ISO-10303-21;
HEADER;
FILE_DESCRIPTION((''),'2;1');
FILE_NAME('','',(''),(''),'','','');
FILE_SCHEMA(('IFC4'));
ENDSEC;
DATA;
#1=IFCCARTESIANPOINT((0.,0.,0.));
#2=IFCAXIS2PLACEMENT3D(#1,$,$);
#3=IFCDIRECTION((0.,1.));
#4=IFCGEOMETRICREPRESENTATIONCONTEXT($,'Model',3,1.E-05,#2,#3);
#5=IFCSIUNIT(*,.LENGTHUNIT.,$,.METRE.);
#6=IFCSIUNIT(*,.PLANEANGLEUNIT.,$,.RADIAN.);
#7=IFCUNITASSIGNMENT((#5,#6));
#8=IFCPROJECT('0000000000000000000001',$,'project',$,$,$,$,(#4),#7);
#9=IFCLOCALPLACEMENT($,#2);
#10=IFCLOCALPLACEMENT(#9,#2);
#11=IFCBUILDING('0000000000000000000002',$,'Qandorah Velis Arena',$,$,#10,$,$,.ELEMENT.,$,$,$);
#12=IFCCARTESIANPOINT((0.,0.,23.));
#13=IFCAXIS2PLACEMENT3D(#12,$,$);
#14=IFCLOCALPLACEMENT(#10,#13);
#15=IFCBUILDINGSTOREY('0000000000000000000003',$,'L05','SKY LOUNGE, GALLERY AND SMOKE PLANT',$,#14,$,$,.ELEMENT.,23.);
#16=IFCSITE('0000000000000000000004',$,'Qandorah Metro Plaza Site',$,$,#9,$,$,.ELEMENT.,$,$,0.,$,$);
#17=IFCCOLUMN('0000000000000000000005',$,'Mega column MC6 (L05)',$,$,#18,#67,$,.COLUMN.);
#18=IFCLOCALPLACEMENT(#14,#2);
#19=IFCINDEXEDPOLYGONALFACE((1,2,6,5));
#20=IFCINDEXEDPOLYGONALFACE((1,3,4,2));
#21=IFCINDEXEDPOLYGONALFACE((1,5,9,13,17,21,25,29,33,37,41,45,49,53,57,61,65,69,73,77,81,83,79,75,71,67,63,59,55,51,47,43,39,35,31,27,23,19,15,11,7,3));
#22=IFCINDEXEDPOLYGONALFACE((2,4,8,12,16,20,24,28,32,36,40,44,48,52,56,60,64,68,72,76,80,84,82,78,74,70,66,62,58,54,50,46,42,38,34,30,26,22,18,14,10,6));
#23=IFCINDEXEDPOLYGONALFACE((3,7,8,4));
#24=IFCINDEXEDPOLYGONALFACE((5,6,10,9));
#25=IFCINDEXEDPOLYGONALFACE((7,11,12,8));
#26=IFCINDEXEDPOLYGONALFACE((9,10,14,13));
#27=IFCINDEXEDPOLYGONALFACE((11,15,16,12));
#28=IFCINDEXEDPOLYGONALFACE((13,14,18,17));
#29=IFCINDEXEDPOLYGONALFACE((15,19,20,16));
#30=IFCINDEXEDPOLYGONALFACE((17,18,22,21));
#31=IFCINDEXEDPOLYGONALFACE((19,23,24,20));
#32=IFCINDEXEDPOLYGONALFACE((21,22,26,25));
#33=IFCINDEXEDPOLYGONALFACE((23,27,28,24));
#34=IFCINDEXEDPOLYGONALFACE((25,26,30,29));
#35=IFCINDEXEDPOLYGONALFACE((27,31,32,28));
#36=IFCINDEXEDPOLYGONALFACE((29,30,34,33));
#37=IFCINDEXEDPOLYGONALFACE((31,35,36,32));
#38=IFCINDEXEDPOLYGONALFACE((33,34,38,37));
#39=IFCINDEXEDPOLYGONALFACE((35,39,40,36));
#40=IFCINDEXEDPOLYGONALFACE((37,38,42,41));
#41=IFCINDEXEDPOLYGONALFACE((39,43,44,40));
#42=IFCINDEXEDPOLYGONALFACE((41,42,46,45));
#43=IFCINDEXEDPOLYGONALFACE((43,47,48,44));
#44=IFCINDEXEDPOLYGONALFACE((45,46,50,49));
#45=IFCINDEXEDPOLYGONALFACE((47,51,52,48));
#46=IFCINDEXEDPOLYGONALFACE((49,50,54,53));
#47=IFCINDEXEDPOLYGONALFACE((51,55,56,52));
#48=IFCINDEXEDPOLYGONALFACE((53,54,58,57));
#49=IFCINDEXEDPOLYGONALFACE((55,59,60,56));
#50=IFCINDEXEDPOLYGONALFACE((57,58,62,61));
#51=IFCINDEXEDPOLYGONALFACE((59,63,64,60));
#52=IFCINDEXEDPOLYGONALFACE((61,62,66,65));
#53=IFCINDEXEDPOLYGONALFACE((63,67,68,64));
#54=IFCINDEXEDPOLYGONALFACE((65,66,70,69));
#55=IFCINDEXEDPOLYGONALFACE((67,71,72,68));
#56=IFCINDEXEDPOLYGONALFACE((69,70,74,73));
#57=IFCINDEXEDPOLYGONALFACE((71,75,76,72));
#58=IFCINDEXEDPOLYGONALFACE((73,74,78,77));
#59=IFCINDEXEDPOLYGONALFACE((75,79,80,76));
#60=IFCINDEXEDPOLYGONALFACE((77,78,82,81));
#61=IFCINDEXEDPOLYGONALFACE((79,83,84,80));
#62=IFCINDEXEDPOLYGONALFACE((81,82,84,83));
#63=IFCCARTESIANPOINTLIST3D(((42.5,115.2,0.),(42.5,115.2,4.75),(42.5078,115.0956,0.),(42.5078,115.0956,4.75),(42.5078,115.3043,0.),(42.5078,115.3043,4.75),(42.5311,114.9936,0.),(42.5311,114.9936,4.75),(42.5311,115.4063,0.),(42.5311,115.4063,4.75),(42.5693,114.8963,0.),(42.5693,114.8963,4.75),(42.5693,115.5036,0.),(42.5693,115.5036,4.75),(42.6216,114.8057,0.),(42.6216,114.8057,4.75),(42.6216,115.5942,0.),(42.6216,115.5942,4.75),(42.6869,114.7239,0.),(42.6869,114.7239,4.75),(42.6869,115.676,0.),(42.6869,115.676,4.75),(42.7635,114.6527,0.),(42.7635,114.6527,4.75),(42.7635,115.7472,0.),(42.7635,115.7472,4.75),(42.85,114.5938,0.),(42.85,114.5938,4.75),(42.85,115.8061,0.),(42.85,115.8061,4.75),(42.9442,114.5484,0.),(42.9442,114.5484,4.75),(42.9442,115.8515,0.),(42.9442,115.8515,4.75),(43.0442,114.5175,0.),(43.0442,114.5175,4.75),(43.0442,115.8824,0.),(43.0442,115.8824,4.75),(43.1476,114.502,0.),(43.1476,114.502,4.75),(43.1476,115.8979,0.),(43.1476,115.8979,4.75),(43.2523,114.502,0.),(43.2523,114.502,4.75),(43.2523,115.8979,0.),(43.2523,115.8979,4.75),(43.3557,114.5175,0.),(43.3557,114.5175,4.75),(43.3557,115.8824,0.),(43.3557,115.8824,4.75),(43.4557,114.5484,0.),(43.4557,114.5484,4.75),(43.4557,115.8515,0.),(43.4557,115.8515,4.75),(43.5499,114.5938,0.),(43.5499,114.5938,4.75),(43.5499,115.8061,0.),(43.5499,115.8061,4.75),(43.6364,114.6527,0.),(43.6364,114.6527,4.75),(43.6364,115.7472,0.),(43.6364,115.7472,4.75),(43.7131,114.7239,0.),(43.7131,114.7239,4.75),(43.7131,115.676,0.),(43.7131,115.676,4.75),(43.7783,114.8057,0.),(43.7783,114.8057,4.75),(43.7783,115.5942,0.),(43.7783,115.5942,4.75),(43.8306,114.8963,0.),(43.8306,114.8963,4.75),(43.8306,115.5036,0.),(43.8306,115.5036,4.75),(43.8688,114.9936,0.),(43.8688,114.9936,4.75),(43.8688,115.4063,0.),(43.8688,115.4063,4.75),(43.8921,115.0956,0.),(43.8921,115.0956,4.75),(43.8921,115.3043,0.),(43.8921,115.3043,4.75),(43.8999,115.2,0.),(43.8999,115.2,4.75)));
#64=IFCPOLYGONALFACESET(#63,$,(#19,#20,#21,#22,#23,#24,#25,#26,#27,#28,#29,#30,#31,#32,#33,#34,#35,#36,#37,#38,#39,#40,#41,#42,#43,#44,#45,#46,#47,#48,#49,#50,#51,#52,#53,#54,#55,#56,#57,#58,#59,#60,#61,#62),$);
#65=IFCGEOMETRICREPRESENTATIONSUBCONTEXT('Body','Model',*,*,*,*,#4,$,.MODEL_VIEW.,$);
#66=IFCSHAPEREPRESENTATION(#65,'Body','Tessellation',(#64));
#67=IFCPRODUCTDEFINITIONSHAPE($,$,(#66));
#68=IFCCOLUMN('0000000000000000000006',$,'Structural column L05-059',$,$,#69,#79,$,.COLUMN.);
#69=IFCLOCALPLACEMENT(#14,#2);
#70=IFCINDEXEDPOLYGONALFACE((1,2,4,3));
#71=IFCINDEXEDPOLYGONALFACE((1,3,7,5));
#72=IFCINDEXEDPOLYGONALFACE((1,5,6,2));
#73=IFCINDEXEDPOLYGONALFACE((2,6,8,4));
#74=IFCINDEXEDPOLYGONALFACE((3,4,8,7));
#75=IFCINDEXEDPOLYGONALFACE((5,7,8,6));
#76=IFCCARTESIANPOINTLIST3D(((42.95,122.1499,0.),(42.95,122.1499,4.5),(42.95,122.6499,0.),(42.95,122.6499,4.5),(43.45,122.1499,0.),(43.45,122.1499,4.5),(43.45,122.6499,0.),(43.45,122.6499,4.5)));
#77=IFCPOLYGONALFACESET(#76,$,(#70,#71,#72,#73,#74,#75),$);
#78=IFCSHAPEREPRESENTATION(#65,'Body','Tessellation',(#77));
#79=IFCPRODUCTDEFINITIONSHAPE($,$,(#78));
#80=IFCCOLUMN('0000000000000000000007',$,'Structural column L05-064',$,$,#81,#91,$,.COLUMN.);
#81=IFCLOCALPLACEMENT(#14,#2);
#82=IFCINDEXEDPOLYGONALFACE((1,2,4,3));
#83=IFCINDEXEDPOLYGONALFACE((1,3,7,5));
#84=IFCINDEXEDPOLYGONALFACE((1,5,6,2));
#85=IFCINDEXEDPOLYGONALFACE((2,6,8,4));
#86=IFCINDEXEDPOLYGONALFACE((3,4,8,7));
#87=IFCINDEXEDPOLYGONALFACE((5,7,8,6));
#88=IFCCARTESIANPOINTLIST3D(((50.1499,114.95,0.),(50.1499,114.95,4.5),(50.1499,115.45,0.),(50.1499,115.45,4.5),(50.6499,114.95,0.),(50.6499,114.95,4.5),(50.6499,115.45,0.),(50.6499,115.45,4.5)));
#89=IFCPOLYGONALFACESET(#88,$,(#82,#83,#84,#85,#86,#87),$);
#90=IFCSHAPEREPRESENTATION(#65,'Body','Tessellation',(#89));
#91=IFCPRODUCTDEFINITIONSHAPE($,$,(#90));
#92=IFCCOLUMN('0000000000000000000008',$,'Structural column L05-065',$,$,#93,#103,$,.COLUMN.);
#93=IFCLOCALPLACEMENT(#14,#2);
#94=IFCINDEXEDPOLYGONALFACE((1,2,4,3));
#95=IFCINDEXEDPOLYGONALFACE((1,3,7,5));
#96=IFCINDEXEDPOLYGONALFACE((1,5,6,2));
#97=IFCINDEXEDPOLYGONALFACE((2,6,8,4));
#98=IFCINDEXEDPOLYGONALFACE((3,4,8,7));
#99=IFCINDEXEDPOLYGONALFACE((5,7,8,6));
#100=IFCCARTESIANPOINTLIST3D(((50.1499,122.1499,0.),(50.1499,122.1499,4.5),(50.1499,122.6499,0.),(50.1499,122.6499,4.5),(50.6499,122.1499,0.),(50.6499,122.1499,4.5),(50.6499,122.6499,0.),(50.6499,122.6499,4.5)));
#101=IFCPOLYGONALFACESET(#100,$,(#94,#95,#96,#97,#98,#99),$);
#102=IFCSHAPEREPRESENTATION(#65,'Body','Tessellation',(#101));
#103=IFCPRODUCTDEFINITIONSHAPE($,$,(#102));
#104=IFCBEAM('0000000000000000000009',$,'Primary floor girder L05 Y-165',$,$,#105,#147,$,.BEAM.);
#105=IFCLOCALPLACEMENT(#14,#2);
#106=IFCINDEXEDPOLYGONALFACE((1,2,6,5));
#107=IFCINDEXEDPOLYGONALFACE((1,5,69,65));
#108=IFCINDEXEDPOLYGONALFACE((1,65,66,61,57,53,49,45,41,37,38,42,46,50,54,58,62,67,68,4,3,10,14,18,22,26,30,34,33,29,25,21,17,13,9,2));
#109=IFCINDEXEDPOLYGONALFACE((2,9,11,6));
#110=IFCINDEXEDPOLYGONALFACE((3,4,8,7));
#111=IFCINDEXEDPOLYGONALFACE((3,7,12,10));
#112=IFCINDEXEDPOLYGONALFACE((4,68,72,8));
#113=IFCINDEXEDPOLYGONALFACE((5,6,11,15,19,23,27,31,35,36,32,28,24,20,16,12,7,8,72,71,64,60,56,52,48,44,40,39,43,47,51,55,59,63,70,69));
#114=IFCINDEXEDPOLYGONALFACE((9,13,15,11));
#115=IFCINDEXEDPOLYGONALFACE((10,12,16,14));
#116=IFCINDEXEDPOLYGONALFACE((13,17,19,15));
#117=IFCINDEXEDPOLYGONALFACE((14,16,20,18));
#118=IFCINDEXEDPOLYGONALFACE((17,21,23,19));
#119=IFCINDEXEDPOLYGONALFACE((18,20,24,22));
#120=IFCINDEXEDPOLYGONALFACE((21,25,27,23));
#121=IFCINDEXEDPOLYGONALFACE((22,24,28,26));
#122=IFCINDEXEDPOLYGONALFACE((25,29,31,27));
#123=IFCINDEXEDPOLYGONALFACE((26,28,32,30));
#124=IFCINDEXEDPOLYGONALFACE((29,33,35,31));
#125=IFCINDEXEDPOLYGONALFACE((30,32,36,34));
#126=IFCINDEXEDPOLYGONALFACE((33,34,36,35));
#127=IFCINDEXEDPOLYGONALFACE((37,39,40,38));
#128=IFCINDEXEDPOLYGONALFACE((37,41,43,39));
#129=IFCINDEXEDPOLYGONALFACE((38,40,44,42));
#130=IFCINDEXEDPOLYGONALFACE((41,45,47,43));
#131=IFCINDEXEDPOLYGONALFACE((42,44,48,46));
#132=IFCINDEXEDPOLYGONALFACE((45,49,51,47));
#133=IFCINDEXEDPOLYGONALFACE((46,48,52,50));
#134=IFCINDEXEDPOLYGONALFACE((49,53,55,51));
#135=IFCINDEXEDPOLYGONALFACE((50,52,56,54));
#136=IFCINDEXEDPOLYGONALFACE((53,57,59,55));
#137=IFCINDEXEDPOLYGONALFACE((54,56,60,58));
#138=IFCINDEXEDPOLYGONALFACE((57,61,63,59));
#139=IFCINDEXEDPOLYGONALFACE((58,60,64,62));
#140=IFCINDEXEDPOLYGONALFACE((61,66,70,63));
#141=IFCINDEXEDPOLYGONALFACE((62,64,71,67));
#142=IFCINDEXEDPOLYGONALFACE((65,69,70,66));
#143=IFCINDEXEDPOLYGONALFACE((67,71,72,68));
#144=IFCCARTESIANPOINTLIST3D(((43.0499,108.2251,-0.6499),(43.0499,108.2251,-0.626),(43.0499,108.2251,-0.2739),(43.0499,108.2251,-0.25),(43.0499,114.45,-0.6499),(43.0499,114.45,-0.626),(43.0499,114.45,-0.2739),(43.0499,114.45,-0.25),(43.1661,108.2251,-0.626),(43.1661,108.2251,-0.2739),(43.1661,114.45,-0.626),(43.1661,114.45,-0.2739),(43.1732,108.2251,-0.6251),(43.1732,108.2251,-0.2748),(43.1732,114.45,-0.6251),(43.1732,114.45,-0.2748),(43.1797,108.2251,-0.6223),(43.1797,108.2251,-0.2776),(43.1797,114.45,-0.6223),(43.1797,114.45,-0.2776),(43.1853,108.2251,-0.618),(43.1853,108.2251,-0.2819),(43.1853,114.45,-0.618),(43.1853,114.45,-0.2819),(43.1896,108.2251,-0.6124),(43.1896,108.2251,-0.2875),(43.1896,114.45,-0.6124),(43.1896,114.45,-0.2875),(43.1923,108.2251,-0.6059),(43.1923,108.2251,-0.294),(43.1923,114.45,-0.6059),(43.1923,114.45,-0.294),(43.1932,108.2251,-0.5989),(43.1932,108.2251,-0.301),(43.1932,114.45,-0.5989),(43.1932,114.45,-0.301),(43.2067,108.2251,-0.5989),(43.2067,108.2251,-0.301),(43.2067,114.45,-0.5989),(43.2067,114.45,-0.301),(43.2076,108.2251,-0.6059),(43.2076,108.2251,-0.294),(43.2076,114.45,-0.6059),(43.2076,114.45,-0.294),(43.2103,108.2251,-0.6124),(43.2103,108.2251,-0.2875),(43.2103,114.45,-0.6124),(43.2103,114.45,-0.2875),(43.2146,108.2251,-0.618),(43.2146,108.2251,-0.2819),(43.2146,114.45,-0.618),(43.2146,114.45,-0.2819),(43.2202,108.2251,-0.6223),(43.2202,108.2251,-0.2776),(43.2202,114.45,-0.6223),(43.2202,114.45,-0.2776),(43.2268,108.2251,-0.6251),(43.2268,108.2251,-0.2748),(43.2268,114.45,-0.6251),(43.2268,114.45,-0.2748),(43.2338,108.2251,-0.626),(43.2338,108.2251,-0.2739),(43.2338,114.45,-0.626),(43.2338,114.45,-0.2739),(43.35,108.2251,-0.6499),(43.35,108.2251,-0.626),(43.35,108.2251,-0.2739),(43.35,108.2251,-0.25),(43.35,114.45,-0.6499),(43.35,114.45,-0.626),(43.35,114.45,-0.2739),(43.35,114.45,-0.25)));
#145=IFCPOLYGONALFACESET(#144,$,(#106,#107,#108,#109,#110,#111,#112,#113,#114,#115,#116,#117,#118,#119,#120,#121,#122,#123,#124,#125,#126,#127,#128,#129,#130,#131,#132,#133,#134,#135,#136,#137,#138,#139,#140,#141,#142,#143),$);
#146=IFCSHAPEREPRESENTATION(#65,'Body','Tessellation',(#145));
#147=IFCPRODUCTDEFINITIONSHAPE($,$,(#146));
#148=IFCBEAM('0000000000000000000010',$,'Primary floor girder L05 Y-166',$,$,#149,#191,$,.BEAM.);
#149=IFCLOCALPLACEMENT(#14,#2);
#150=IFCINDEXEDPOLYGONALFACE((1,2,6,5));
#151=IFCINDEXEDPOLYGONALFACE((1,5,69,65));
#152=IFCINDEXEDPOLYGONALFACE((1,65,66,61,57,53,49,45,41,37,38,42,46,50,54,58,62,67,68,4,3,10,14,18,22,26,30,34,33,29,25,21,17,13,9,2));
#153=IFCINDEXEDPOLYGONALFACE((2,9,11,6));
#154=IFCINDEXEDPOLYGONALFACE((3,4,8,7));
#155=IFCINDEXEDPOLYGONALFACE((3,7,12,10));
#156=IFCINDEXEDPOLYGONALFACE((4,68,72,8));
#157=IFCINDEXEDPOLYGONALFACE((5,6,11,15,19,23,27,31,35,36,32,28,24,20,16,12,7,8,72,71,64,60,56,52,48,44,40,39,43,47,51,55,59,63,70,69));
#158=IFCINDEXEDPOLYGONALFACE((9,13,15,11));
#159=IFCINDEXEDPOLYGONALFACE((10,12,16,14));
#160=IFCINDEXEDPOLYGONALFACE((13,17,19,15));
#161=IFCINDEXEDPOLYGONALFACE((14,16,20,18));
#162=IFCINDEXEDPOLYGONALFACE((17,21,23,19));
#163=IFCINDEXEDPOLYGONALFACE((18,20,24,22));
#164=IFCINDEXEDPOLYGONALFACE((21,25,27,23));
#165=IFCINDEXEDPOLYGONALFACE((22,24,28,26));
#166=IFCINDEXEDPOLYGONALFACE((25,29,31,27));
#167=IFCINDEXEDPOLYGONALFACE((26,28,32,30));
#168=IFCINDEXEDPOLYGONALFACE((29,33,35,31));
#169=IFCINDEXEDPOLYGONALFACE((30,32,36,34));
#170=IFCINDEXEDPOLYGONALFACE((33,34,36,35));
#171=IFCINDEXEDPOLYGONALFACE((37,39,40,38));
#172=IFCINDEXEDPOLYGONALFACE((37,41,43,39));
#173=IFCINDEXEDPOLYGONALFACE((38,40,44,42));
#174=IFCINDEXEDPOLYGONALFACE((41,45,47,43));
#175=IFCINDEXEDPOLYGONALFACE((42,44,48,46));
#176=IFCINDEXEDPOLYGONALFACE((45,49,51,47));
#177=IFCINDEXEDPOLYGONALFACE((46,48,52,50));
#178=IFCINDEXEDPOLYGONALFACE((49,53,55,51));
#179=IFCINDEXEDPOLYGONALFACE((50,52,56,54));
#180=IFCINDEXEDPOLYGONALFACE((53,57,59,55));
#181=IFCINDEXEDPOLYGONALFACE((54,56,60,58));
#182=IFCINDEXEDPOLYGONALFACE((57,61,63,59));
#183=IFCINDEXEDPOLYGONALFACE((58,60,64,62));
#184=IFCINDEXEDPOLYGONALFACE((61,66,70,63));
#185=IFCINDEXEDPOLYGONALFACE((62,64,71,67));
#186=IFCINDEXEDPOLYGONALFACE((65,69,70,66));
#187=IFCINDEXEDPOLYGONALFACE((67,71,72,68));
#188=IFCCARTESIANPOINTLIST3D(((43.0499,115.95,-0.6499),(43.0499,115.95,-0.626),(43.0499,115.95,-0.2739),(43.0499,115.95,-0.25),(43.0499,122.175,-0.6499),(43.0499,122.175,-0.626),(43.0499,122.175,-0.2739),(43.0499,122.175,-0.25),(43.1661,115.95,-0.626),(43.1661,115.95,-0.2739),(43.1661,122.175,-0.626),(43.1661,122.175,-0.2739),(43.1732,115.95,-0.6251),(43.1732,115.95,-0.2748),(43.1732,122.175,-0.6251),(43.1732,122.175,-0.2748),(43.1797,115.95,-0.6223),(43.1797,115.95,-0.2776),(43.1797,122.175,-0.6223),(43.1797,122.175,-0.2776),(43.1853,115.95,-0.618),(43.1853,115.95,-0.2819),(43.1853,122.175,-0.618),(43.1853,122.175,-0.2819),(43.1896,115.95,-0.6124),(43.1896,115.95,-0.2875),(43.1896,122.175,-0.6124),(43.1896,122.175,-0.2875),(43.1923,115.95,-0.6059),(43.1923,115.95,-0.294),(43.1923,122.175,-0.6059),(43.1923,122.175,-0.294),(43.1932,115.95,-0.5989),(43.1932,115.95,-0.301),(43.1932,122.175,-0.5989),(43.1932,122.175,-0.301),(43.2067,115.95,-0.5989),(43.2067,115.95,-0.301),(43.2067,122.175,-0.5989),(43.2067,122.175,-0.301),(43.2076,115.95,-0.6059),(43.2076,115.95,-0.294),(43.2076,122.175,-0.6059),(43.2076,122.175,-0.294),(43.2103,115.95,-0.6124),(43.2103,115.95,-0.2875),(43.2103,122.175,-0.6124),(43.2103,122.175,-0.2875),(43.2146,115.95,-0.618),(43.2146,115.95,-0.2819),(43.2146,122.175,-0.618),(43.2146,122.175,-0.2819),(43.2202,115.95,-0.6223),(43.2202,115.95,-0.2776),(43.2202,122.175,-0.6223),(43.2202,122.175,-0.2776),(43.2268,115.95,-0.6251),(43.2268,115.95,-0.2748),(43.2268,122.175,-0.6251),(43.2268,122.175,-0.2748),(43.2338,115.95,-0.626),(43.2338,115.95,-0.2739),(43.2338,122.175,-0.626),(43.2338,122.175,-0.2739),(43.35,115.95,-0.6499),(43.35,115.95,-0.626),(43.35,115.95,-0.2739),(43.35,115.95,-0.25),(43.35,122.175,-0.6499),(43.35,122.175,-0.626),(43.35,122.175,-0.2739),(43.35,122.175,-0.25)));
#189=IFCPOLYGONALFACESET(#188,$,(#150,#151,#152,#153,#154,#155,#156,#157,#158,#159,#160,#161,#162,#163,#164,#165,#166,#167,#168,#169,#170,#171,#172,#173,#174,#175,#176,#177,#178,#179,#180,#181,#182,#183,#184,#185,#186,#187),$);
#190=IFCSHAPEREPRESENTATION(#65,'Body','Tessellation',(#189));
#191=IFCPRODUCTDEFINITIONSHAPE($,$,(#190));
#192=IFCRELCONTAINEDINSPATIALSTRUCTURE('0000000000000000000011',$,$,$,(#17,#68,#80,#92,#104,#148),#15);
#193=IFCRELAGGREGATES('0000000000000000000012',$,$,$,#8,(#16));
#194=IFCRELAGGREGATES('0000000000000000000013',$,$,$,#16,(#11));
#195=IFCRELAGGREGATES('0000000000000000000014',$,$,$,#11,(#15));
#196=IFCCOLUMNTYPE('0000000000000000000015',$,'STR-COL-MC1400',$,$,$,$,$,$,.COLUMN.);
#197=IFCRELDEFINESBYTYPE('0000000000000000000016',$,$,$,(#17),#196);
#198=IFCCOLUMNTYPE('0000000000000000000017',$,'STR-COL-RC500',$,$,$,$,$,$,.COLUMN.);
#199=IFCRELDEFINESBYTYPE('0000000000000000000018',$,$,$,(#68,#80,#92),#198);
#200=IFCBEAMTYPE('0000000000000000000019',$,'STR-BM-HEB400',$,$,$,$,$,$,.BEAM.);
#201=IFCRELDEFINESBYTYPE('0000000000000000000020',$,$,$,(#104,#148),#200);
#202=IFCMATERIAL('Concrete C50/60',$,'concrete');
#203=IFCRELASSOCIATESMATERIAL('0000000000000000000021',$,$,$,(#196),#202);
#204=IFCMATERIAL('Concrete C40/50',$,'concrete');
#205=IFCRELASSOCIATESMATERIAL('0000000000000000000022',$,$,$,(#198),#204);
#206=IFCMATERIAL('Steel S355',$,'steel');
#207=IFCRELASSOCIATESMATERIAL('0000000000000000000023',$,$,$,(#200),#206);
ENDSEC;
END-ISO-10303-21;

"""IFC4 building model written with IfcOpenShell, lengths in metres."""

from ifc_helpers import new_model, si_unit, direction, frame, origin, origin_2d, place, context, subcontext, project, spatial, rectangle, circle, i_section, extrude, material, material_profile, profile_set, type_object, element, save


model = new_model("IFC4")

# Units and contexts
model_context = context("Model", 3, precision=1e-05, world=origin(), true_north=direction((0.0, 1.0)))
body_context = subcontext(model_context, "Body", "Model", "MODEL_VIEW")
ifc_project = project(units=[si_unit("LENGTHUNIT", "METRE"), si_unit("PLANEANGLEUNIT", "RADIAN")], contexts=[model_context])

# Site, building, storey
site_placement = place(None, origin())
site = spatial("IfcSite", under=ifc_project, at=site_placement, Name="Qandorah Metro Plaza Site", CompositionType="ELEMENT", RefElevation=0.0)
building_placement = place(site_placement, origin())
building = spatial("IfcBuilding", under=site, at=building_placement, Name="Qandorah Velis Arena", CompositionType="ELEMENT")
storey_placement = place(building_placement, frame((0.0, 0.0, 23.0)))
storey = spatial("IfcBuildingStorey", under=building, at=storey_placement, Name="L05", Description="SKY LOUNGE, GALLERY AND SMOKE PLANT", CompositionType="ELEMENT", Elevation=23.0)

# Columns
ifc_material_1 = material(Name="Concrete C50/60", Category="concrete")
ifc_material_profile_1 = material_profile(ifc_material_1, circle(Radius=0.7, at=origin_2d()), Name="MC D1400")
ifc_profile_set_1 = profile_set([ifc_material_profile_1], Name="Concrete C50/60")
column_type_1 = type_object("IfcColumnType", Name="STR-COL-MC1400", PredefinedType="COLUMN", material=ifc_profile_set_1)
column_placement = place(storey_placement, frame((43.2, 115.2, 0.0), z_axis=(0.0, 0.0, 1.0), x_axis=(1.0, 0.0, 0.0)))
element("IfcColumn", 1, at=column_placement, inside=storey, type_object=column_type_1, Name="Mega column MC6 (L05)", PredefinedType="COLUMN", context=body_context, shape_type="SweptSolid", body=[
    extrude(circle(Radius=0.7, at=origin_2d()), origin(), (0.0, 0.0, 1.0), 4.75),
])
ifc_material_2 = material(Name="Concrete C40/50", Category="concrete")
ifc_material_profile_2 = material_profile(ifc_material_2, rectangle(XDim=0.5, YDim=0.5, at=origin_2d()), Name="RC COL 500x500")
ifc_profile_set_2 = profile_set([ifc_material_profile_2], Name="Concrete C40/50")
column_type_2 = type_object("IfcColumnType", Name="STR-COL-RC500", PredefinedType="COLUMN", material=ifc_profile_set_2)
for number, where, z_axis, x_axis, name in (
    (2, (43.2, 122.3999, 0.0), (0.0, 0.0, 1.0), (1.0, 0.0, 0.0), "Structural column L05-059"),
    (3, (50.3999, 115.2, 0.0), (0.0, 0.0, 1.0), (1.0, 0.0, 0.0), "Structural column L05-064"),
    (4, (50.3999, 122.3999, 0.0), (0.0, 0.0, 1.0), (1.0, 0.0, 0.0), "Structural column L05-065"),
):
    element("IfcColumn", number, at=place(storey_placement, frame(where, z_axis=z_axis, x_axis=x_axis)), inside=storey, type_object=column_type_2, Name=name, PredefinedType="COLUMN", context=body_context, shape_type="SweptSolid", body=[
        extrude(rectangle(XDim=0.5, YDim=0.5, at=origin_2d()), origin(), (0.0, 0.0, 1.0), 4.5),
    ])

# Beams
ifc_material_3 = material(Name="Steel S355", Category="steel")
ifc_material_profile_3 = material_profile(ifc_material_3, i_section(OverallWidth=0.3, OverallDepth=0.3999, WebThickness=0.0134, FlangeThickness=0.0239, FilletRadius=0.0271, at=origin_2d()), Name="HEB 400")
ifc_profile_set_3 = profile_set([ifc_material_profile_3], Name="Steel S355")
beam_type_1 = type_object("IfcBeamType", Name="STR-BM-HEB400", PredefinedType="BEAM", material=ifc_profile_set_3)
beam_1_placement = place(storey_placement, frame((43.2, 108.2251, -0.45), z_axis=(0.0, 1.0, 0.0), x_axis=(-1.0, 0.0, 0.0)))
element("IfcBeam", 5, at=beam_1_placement, inside=storey, type_object=beam_type_1, Name="Primary floor girder L05 Y-165", PredefinedType="BEAM", context=body_context, shape_type="SweptSolid", body=[
    extrude(i_section(OverallWidth=0.3, OverallDepth=0.3999, WebThickness=0.0134, FlangeThickness=0.0239, FilletRadius=0.0271, at=origin_2d()), origin(), (0.0, 0.0, 1.0), 6.2249),
])
beam_2_placement = place(storey_placement, frame((43.2, 115.95, -0.45), z_axis=(0.0, 1.0, 0.0), x_axis=(-1.0, 0.0, 0.0)))
element("IfcBeam", 6, at=beam_2_placement, inside=storey, type_object=beam_type_1, Name="Primary floor girder L05 Y-166", PredefinedType="BEAM", context=body_context, shape_type="SweptSolid", body=[
    extrude(i_section(OverallWidth=0.3, OverallDepth=0.3999, WebThickness=0.0134, FlangeThickness=0.0239, FilletRadius=0.0271, at=origin_2d()), origin(), (0.0, 0.0, 1.0), 6.2251),
])

save(model, "model.ifc")
